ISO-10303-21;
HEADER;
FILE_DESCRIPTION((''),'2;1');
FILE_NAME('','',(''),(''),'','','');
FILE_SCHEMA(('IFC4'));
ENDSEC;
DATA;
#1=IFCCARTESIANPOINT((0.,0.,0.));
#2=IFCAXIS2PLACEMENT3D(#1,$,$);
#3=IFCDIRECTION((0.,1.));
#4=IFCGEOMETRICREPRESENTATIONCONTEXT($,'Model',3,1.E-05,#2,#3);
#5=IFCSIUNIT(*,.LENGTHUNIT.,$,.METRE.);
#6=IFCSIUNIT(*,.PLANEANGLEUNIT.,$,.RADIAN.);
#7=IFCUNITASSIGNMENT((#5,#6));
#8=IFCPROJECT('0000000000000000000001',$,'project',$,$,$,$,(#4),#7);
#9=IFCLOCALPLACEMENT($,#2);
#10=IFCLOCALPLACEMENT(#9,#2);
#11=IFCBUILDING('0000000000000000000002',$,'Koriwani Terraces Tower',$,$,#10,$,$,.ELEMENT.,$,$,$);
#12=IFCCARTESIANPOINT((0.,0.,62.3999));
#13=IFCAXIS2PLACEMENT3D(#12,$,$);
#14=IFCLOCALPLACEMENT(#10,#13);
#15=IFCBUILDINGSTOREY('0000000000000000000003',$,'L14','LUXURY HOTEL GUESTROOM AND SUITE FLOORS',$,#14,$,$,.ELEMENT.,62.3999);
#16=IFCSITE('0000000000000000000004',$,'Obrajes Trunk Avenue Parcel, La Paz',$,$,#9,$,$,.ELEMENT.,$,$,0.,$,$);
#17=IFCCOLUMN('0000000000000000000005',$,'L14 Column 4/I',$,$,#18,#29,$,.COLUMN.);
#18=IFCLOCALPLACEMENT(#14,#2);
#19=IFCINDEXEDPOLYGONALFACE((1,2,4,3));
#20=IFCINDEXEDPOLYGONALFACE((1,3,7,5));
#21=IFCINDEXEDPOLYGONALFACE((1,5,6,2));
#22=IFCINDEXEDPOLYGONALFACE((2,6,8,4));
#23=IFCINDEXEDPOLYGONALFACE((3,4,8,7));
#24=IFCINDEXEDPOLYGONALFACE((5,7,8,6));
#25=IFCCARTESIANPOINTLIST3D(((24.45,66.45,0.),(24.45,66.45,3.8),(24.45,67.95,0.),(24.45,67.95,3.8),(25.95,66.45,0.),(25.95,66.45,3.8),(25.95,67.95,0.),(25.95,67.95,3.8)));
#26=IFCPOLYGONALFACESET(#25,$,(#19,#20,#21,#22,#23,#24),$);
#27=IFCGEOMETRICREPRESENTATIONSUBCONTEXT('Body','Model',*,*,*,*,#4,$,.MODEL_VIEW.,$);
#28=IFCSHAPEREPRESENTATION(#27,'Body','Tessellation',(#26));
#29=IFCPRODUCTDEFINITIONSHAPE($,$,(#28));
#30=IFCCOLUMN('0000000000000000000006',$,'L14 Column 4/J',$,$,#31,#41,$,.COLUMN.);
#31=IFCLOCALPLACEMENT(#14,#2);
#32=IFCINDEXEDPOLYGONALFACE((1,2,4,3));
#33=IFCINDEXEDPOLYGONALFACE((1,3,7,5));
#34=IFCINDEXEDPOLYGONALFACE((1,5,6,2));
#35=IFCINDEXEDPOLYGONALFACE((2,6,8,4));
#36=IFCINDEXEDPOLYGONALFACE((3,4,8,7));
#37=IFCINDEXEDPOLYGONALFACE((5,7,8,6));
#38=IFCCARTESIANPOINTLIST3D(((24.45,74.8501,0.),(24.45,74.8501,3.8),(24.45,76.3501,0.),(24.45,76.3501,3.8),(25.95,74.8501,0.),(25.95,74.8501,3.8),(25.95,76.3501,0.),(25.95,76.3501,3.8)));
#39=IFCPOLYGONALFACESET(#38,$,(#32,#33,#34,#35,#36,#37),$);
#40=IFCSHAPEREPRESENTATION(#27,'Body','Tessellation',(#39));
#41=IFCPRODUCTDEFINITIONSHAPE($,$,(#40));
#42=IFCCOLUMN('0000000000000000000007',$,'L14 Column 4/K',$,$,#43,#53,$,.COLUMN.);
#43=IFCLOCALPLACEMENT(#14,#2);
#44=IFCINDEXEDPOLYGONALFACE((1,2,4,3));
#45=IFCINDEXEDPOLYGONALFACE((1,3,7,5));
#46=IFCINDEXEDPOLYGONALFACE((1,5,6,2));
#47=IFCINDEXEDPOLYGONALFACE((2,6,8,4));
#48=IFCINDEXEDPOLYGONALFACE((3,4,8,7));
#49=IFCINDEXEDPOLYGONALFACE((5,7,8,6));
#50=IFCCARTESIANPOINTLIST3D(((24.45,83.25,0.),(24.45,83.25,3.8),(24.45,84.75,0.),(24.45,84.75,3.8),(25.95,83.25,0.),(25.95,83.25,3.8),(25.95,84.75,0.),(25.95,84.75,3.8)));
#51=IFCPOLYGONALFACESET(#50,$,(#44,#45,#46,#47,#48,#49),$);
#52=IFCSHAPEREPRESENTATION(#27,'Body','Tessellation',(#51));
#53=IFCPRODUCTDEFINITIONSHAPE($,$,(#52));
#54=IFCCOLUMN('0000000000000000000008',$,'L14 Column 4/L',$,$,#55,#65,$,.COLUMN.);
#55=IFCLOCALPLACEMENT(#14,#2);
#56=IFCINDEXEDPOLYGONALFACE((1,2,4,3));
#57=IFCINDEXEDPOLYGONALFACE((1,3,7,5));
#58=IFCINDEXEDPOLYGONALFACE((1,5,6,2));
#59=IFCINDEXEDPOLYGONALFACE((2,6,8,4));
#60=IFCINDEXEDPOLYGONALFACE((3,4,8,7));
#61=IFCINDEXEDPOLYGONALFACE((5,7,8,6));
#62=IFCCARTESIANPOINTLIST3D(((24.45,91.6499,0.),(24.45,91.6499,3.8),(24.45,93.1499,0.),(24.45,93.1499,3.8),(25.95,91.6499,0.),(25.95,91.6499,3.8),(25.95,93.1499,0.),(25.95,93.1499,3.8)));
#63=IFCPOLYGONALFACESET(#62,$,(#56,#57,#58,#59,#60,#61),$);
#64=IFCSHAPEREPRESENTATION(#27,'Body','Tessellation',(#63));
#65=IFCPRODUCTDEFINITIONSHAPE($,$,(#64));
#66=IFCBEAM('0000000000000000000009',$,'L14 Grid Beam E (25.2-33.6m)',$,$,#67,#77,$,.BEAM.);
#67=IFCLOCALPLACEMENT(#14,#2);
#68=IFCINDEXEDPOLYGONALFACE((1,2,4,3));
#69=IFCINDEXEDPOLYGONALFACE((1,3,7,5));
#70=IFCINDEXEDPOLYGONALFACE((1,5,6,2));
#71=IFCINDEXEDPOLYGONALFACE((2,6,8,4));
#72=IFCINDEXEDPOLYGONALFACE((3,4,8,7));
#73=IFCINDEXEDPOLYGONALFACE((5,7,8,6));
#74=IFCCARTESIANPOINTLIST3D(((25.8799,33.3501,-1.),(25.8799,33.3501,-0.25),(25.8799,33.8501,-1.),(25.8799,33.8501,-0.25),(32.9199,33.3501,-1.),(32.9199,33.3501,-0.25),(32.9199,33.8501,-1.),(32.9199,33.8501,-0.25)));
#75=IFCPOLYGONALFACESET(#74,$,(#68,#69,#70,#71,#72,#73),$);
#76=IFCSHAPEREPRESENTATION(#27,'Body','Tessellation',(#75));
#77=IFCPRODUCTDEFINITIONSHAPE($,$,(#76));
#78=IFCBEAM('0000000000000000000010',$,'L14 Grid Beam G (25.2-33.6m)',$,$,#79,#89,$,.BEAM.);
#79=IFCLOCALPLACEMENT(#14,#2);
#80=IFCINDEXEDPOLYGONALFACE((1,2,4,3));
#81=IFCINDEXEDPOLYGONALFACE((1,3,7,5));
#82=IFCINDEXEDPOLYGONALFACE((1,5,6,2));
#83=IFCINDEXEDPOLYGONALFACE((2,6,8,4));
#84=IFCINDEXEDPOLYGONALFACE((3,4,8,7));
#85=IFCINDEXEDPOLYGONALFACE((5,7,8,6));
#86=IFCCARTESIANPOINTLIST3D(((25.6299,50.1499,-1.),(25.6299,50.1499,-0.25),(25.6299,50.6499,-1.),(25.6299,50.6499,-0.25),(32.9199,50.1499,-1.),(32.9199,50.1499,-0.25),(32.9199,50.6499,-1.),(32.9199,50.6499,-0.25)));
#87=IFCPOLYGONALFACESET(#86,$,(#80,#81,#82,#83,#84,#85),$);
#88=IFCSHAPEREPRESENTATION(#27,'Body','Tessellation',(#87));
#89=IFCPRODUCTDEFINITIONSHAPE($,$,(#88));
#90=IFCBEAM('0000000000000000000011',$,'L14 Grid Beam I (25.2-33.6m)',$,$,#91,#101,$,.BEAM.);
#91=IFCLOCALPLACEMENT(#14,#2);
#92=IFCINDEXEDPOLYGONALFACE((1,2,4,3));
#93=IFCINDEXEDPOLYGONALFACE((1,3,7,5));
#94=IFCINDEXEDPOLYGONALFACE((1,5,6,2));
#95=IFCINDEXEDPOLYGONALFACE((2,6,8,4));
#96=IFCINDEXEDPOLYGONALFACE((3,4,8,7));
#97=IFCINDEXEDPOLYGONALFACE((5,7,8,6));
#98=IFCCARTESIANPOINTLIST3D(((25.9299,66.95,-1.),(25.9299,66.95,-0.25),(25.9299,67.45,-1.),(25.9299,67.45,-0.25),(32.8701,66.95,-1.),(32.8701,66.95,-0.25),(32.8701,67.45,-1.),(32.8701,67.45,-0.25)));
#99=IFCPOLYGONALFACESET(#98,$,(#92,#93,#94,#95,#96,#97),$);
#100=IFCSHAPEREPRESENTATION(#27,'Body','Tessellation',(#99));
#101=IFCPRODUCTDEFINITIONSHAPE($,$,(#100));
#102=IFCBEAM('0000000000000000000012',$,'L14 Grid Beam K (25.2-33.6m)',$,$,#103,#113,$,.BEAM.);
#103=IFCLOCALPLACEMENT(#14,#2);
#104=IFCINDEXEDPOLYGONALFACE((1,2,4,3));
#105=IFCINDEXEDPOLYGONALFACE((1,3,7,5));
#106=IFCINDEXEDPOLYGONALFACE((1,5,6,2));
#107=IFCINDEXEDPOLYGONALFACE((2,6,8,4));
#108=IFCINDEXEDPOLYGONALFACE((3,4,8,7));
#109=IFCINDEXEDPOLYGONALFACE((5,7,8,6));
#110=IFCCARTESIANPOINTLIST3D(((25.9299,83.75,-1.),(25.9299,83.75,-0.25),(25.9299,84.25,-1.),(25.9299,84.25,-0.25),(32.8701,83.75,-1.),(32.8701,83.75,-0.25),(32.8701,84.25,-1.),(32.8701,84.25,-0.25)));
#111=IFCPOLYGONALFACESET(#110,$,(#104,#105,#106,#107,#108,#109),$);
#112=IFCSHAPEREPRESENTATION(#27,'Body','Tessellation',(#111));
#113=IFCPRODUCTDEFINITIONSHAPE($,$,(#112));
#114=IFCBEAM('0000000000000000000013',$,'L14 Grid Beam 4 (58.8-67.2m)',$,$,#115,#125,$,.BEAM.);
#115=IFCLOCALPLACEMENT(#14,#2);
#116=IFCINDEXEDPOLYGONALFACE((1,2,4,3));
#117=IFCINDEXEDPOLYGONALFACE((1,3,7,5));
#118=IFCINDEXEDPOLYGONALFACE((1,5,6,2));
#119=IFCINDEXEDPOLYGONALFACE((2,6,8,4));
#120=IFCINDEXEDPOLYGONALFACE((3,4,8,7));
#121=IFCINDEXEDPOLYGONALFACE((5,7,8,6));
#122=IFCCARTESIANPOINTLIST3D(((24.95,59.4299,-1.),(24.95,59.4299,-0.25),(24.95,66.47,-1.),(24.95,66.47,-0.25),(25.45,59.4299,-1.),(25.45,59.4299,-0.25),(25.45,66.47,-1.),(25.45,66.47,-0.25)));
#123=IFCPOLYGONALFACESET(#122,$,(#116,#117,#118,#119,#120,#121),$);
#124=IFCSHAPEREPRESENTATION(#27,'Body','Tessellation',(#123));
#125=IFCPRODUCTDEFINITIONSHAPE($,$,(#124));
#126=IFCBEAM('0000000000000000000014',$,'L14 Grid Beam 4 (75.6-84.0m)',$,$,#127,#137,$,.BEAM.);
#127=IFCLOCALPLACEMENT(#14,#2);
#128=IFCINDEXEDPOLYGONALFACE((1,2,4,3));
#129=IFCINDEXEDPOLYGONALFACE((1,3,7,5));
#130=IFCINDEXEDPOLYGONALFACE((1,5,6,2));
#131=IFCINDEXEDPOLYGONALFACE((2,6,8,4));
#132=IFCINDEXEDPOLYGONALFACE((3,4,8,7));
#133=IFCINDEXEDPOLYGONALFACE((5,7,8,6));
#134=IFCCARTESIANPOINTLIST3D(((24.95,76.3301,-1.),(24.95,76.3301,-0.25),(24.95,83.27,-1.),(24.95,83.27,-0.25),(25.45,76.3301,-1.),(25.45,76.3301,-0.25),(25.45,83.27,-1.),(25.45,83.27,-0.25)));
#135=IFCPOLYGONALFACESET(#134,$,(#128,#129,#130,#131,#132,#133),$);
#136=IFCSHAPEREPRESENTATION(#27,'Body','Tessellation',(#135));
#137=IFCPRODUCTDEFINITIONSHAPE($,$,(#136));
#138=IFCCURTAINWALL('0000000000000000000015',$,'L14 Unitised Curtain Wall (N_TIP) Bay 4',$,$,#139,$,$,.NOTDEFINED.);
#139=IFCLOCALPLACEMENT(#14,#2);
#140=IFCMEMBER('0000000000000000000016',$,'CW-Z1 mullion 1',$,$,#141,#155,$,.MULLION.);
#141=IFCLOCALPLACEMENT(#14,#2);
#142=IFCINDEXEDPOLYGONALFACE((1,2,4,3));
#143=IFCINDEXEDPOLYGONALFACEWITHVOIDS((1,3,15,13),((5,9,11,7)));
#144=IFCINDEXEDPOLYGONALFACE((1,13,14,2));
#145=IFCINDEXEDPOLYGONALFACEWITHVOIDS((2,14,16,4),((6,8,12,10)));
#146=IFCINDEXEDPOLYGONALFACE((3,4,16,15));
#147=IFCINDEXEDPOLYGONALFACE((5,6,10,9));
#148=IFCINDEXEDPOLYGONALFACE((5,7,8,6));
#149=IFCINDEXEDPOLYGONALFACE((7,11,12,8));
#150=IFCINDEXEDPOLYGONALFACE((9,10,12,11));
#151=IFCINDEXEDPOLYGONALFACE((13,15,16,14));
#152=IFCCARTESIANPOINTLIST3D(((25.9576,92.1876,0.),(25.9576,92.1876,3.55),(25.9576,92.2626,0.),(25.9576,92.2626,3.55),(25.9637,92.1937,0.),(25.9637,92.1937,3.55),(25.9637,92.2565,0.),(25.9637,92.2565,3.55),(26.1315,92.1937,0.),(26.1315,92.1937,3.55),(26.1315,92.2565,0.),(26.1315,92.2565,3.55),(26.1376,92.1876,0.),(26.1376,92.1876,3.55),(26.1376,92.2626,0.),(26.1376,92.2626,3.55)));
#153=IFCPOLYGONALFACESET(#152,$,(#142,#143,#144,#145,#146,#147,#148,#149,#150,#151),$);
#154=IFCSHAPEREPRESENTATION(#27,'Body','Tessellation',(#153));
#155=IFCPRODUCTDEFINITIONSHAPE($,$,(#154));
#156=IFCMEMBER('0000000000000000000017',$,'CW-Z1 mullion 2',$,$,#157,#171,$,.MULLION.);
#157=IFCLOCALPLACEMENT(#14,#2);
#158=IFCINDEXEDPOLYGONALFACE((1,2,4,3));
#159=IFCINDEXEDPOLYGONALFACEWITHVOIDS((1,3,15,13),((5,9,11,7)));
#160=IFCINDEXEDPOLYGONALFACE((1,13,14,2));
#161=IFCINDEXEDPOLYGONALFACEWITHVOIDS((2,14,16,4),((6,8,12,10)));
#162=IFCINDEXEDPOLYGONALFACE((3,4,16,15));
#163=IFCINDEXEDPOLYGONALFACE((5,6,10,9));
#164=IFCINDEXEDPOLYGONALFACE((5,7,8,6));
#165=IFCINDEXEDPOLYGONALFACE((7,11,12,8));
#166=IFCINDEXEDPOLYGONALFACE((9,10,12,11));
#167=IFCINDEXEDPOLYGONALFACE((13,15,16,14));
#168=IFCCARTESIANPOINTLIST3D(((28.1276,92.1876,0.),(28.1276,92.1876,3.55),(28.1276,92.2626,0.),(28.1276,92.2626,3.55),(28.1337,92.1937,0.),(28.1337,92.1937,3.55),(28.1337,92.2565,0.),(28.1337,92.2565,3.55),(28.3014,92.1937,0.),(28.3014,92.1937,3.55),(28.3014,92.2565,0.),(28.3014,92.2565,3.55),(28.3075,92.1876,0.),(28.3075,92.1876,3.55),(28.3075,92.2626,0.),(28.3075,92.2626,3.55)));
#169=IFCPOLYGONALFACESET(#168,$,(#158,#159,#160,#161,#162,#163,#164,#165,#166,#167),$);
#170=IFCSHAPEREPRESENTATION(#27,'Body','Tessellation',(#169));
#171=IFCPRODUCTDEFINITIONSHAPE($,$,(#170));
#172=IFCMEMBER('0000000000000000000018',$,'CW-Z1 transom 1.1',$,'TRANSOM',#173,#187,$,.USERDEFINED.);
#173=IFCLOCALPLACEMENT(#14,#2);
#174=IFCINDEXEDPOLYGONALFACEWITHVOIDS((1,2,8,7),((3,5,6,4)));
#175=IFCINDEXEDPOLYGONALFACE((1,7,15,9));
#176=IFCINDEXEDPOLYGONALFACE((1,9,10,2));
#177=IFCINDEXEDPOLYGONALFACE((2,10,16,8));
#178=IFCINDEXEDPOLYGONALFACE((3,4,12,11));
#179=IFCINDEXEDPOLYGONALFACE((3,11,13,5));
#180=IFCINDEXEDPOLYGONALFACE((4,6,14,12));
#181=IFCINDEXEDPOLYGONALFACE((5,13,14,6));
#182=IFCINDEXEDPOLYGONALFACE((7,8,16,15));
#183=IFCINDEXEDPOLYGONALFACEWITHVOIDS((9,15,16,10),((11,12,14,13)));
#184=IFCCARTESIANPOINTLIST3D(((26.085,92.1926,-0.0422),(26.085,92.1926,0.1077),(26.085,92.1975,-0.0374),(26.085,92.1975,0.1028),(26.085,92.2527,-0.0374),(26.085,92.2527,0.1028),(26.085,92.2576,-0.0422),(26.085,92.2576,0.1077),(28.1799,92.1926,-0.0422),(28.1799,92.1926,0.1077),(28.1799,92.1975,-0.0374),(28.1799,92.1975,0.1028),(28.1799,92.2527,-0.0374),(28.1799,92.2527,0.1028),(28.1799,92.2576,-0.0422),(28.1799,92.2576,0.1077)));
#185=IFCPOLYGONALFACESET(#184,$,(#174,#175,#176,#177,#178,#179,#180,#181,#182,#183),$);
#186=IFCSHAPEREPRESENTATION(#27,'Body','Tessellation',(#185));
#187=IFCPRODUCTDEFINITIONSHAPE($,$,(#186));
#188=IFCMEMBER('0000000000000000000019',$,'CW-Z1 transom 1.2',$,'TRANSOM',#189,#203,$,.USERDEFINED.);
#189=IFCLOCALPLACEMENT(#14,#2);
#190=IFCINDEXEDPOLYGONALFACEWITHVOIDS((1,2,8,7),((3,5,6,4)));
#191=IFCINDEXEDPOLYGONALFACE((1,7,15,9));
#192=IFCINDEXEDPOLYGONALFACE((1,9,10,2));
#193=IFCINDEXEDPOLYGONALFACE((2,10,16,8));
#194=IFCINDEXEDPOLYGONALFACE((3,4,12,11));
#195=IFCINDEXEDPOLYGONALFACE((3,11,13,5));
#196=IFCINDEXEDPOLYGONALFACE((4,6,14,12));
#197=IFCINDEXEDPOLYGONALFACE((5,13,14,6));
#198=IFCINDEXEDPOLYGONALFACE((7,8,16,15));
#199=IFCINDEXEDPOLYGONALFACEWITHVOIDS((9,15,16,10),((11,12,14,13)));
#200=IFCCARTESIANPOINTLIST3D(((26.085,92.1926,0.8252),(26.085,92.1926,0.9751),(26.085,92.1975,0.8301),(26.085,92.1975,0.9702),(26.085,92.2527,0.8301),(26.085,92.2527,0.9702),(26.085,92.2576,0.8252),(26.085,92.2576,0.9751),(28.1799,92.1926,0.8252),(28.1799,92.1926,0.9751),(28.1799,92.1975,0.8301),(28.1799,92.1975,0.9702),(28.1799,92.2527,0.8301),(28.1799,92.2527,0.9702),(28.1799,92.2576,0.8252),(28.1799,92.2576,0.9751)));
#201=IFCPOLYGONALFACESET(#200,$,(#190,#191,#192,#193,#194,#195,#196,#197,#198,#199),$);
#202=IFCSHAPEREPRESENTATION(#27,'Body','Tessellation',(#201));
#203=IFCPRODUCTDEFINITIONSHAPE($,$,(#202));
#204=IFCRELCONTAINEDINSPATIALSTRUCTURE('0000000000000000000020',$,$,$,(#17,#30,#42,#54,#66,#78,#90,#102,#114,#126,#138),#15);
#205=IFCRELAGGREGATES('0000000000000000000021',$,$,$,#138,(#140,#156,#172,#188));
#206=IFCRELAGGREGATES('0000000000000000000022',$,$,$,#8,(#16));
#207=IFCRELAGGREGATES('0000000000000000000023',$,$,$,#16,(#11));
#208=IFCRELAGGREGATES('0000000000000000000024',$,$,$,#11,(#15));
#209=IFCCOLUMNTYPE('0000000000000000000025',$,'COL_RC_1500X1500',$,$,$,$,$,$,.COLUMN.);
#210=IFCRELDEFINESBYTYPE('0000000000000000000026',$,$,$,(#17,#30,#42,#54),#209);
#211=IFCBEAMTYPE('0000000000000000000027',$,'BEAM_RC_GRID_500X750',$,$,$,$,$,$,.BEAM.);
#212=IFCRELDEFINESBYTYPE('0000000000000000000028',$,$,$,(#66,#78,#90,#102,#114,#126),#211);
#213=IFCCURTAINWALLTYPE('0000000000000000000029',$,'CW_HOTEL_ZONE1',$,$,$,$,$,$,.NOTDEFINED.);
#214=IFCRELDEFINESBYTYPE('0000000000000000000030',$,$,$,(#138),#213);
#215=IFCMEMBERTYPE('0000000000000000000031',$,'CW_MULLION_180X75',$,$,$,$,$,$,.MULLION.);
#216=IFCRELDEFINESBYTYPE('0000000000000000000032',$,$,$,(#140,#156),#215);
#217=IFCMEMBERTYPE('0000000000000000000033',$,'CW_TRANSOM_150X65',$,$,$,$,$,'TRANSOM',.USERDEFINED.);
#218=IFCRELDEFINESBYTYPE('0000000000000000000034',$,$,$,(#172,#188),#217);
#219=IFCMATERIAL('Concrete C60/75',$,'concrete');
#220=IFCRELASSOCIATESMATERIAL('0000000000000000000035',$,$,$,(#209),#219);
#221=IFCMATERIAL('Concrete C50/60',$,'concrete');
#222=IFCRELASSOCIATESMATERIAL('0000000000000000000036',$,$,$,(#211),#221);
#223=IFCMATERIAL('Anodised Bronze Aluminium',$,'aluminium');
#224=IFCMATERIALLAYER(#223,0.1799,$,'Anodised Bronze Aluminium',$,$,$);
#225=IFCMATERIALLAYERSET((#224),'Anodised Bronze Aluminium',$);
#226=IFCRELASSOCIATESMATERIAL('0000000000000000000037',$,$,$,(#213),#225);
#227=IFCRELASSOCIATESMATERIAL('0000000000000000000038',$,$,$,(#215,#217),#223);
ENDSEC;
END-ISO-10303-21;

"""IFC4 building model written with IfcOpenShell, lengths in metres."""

from ifc_helpers import new_model, si_unit, direction, frame, origin, origin_2d, place, context, subcontext, project, spatial, rectangle, hollow_rectangle, extrude, material, layer, layer_set, material_profile, profile_set, type_object, element, aggregate, save


model = new_model("IFC4")

# Units and contexts
model_context = context("Model", 3, precision=1e-05, world=origin(), true_north=direction((0.0, 1.0)))
body_context = subcontext(model_context, "Body", "Model", "MODEL_VIEW")
ifc_project = project(units=[si_unit("LENGTHUNIT", "METRE"), si_unit("PLANEANGLEUNIT", "RADIAN")], contexts=[model_context])

# Site, building, storey
site_placement = place(None, origin())
site = spatial("IfcSite", under=ifc_project, at=site_placement, Name="Obrajes Trunk Avenue Parcel, La Paz", CompositionType="ELEMENT", RefElevation=0.0)
building_placement = place(site_placement, origin())
building = spatial("IfcBuilding", under=site, at=building_placement, Name="Koriwani Terraces Tower", CompositionType="ELEMENT")
storey_placement = place(building_placement, frame((0.0, 0.0, 62.3999)))
storey = spatial("IfcBuildingStorey", under=building, at=storey_placement, Name="L14", Description="LUXURY HOTEL GUESTROOM AND SUITE FLOORS", CompositionType="ELEMENT", Elevation=62.3999)

# Columns
ifc_material_1 = material(Name="Concrete C60/75", Category="concrete")
ifc_material_profile_1 = material_profile(ifc_material_1, rectangle(XDim=1.5, YDim=1.5, at=origin_2d()), Name="Concrete C60/75", Category="LoadBearing")
ifc_profile_set_1 = profile_set([ifc_material_profile_1], Name="Concrete C60/75")
column_type = type_object("IfcColumnType", Name="COL_RC_1500X1500", PredefinedType="COLUMN", material=ifc_profile_set_1)
for number, where, z_axis, x_axis, name in (
    (1, (25.2, 67.2, 0.0), (0.0, 0.0, 1.0), (1.0, 0.0, 0.0), "L14 Column 4/I"),
    (2, (25.2, 75.6001, 0.0), (0.0, 0.0, 1.0), (1.0, 0.0, 0.0), "L14 Column 4/J"),
    (3, (25.2, 84.0, 0.0), (0.0, 0.0, 1.0), (1.0, 0.0, 0.0), "L14 Column 4/K"),
    (4, (25.2, 92.3999, 0.0), (0.0, 0.0, 1.0), (1.0, 0.0, 0.0), "L14 Column 4/L"),
):
    element("IfcColumn", number, at=place(storey_placement, frame(where, z_axis=z_axis, x_axis=x_axis)), inside=storey, type_object=column_type, Name=name, PredefinedType="COLUMN", context=body_context, shape_type="SweptSolid", body=[
        extrude(rectangle(XDim=1.5, YDim=1.5, at=origin_2d()), origin(), (0.0, 0.0, 1.0), 3.8),
    ])

# Beams
ifc_material_2 = material(Name="Concrete C50/60", Category="concrete")
ifc_material_profile_2 = material_profile(ifc_material_2, rectangle(XDim=0.5, YDim=0.75, at=origin_2d()), Name="Concrete C50/60", Category="LoadBearing")
ifc_profile_set_2 = profile_set([ifc_material_profile_2], Name="Concrete C50/60")
beam_type_1 = type_object("IfcBeamType", Name="BEAM_RC_GRID_500X750", PredefinedType="BEAM", material=ifc_profile_set_2)
beam_1_placement = place(storey_placement, frame((25.8799, 33.6001, -0.625), z_axis=(1.0, 0.0, 0.0), x_axis=(0.0, 1.0, 0.0)))
element("IfcBeam", 5, at=beam_1_placement, inside=storey, type_object=beam_type_1, Name="L14 Grid Beam E (25.2-33.6m)", PredefinedType="BEAM", context=body_context, shape_type="SweptSolid", body=[
    extrude(rectangle(XDim=0.5, YDim=0.75, at=origin_2d()), origin(), (0.0, 0.0, 1.0), 7.04),
])
beam_2_placement = place(storey_placement, frame((25.6299, 50.3999, -0.625), z_axis=(1.0, 0.0, 0.0), x_axis=(0.0, 1.0, 0.0)))
element("IfcBeam", 6, at=beam_2_placement, inside=storey, type_object=beam_type_1, Name="L14 Grid Beam G (25.2-33.6m)", PredefinedType="BEAM", context=body_context, shape_type="SweptSolid", body=[
    extrude(rectangle(XDim=0.5, YDim=0.75, at=origin_2d()), origin(), (0.0, 0.0, 1.0), 7.29),
])
for number, where, z_axis, x_axis, name in (
    (7, (25.9299, 67.2, -0.625), (1.0, 0.0, 0.0), (0.0, 1.0, 0.0), "L14 Grid Beam I (25.2-33.6m)"),
    (8, (25.9299, 84.0, -0.625), (1.0, 0.0, 0.0), (0.0, 1.0, 0.0), "L14 Grid Beam K (25.2-33.6m)"),
):
    element("IfcBeam", number, at=place(storey_placement, frame(where, z_axis=z_axis, x_axis=x_axis)), inside=storey, type_object=beam_type_1, Name=name, PredefinedType="BEAM", context=body_context, shape_type="SweptSolid", body=[
        extrude(rectangle(XDim=0.5, YDim=0.75, at=origin_2d()), origin(), (0.0, 0.0, 1.0), 6.9402),
    ])
beam_3_placement = place(storey_placement, frame((25.2, 59.4299, -0.625), z_axis=(0.0, 1.0, 0.0), x_axis=(-1.0, 0.0, 0.0)))
element("IfcBeam", 9, at=beam_3_placement, inside=storey, type_object=beam_type_1, Name="L14 Grid Beam 4 (58.8-67.2m)", PredefinedType="BEAM", context=body_context, shape_type="SweptSolid", body=[
    extrude(rectangle(XDim=0.5, YDim=0.75, at=origin_2d()), origin(), (0.0, 0.0, 1.0), 7.04),
])
beam_4_placement = place(storey_placement, frame((25.2, 76.3301, -0.625), z_axis=(0.0, 1.0, 0.0), x_axis=(-1.0, 0.0, 0.0)))
element("IfcBeam", 10, at=beam_4_placement, inside=storey, type_object=beam_type_1, Name="L14 Grid Beam 4 (75.6-84.0m)", PredefinedType="BEAM", context=body_context, shape_type="SweptSolid", body=[
    extrude(rectangle(XDim=0.5, YDim=0.75, at=origin_2d()), origin(), (0.0, 0.0, 1.0), 6.9399),
])

# Curtain wall, members
ifc_material_3 = material(Name="Anodised Bronze Aluminium", Category="aluminium")
ifc_layer_1 = layer(ifc_material_3, 0.1799, Name="Anodised Bronze Aluminium")
ifc_layer_set_1 = layer_set([ifc_layer_1], Name="Anodised Bronze Aluminium")
curtain_wall_type = type_object("IfcCurtainWallType", Name="CW_HOTEL_ZONE1", PredefinedType="NOTDEFINED", material=ifc_layer_set_1)
curtain_wall_placement = place(storey_placement, origin())
curtain_wall = element("IfcCurtainWall", 11, at=curtain_wall_placement, inside=storey, type_object=curtain_wall_type, Name="L14 Unitised Curtain Wall (N_TIP) Bay 4", PredefinedType="NOTDEFINED")
ifc_material_profile_3 = material_profile(ifc_material_3, hollow_rectangle(XDim=0.075, YDim=0.1799, WallThickness=0.0061, at=origin_2d()), Name="Anodised Bronze Aluminium", Category="LoadBearing")
ifc_profile_set_3 = profile_set([ifc_material_profile_3], Name="Anodised Bronze Aluminium")
member_type_1 = type_object("IfcMemberType", Name="CW_MULLION_180X75", PredefinedType="MULLION", material=ifc_profile_set_3)
member_1_placement = place(storey_placement, frame((26.0476, 92.2251, 0.0), z_axis=(0.0, 0.0, 1.0), x_axis=(0.0, 1.0, 0.0)))
member_1 = element("IfcMember", 12, at=member_1_placement, type_object=member_type_1, Name="CW-Z1 mullion 1", PredefinedType="MULLION", context=body_context, shape_type="SweptSolid", body=[
    extrude(hollow_rectangle(XDim=0.075, YDim=0.1799, WallThickness=0.0061, at=origin_2d()), origin(), (0.0, 0.0, 1.0), 3.55),
])
member_2_placement = place(storey_placement, frame((28.2175, 92.2251, 0.0), z_axis=(0.0, 0.0, 1.0), x_axis=(0.0, 1.0, 0.0)))
member_2 = element("IfcMember", 13, at=member_2_placement, type_object=member_type_1, Name="CW-Z1 mullion 2", PredefinedType="MULLION", context=body_context, shape_type="SweptSolid", body=[
    extrude(hollow_rectangle(XDim=0.075, YDim=0.1799, WallThickness=0.0061, at=origin_2d()), origin(), (0.0, 0.0, 1.0), 3.55),
])
ifc_material_profile_4 = material_profile(ifc_material_3, hollow_rectangle(XDim=0.0649, YDim=0.1499, WallThickness=0.0049, at=origin_2d()), Name="Anodised Bronze Aluminium", Category="LoadBearing")
ifc_profile_set_4 = profile_set([ifc_material_profile_4], Name="Anodised Bronze Aluminium")
member_type_2 = type_object("IfcMemberType", Name="CW_TRANSOM_150X65", ElementType="TRANSOM", PredefinedType="USERDEFINED", material=ifc_profile_set_4)
member_3_placement = place(storey_placement, frame((26.085, 92.2251, 0.0327), z_axis=(1.0, 0.0, 0.0), x_axis=(0.0, 1.0, 0.0)))
member_3 = element("IfcMember", 14, at=member_3_placement, type_object=member_type_2, Name="CW-Z1 transom 1.1", ObjectType="TRANSOM", PredefinedType="USERDEFINED", context=body_context, shape_type="SweptSolid", body=[
    extrude(hollow_rectangle(XDim=0.0649, YDim=0.1499, WallThickness=0.0049, at=origin_2d()), origin(), (0.0, 0.0, 1.0), 2.095),
])
member_4_placement = place(storey_placement, frame((26.085, 92.2251, 0.9001), z_axis=(1.0, 0.0, 0.0), x_axis=(0.0, 1.0, 0.0)))
member_4 = element("IfcMember", 15, at=member_4_placement, type_object=member_type_2, Name="CW-Z1 transom 1.2", ObjectType="TRANSOM", PredefinedType="USERDEFINED", context=body_context, shape_type="SweptSolid", body=[
    extrude(hollow_rectangle(XDim=0.0649, YDim=0.1499, WallThickness=0.0049, at=origin_2d()), origin(), (0.0, 0.0, 1.0), 2.095),
])

aggregate(curtain_wall, [member_1, member_2, member_3, member_4])

save(model, "model.ifc")
